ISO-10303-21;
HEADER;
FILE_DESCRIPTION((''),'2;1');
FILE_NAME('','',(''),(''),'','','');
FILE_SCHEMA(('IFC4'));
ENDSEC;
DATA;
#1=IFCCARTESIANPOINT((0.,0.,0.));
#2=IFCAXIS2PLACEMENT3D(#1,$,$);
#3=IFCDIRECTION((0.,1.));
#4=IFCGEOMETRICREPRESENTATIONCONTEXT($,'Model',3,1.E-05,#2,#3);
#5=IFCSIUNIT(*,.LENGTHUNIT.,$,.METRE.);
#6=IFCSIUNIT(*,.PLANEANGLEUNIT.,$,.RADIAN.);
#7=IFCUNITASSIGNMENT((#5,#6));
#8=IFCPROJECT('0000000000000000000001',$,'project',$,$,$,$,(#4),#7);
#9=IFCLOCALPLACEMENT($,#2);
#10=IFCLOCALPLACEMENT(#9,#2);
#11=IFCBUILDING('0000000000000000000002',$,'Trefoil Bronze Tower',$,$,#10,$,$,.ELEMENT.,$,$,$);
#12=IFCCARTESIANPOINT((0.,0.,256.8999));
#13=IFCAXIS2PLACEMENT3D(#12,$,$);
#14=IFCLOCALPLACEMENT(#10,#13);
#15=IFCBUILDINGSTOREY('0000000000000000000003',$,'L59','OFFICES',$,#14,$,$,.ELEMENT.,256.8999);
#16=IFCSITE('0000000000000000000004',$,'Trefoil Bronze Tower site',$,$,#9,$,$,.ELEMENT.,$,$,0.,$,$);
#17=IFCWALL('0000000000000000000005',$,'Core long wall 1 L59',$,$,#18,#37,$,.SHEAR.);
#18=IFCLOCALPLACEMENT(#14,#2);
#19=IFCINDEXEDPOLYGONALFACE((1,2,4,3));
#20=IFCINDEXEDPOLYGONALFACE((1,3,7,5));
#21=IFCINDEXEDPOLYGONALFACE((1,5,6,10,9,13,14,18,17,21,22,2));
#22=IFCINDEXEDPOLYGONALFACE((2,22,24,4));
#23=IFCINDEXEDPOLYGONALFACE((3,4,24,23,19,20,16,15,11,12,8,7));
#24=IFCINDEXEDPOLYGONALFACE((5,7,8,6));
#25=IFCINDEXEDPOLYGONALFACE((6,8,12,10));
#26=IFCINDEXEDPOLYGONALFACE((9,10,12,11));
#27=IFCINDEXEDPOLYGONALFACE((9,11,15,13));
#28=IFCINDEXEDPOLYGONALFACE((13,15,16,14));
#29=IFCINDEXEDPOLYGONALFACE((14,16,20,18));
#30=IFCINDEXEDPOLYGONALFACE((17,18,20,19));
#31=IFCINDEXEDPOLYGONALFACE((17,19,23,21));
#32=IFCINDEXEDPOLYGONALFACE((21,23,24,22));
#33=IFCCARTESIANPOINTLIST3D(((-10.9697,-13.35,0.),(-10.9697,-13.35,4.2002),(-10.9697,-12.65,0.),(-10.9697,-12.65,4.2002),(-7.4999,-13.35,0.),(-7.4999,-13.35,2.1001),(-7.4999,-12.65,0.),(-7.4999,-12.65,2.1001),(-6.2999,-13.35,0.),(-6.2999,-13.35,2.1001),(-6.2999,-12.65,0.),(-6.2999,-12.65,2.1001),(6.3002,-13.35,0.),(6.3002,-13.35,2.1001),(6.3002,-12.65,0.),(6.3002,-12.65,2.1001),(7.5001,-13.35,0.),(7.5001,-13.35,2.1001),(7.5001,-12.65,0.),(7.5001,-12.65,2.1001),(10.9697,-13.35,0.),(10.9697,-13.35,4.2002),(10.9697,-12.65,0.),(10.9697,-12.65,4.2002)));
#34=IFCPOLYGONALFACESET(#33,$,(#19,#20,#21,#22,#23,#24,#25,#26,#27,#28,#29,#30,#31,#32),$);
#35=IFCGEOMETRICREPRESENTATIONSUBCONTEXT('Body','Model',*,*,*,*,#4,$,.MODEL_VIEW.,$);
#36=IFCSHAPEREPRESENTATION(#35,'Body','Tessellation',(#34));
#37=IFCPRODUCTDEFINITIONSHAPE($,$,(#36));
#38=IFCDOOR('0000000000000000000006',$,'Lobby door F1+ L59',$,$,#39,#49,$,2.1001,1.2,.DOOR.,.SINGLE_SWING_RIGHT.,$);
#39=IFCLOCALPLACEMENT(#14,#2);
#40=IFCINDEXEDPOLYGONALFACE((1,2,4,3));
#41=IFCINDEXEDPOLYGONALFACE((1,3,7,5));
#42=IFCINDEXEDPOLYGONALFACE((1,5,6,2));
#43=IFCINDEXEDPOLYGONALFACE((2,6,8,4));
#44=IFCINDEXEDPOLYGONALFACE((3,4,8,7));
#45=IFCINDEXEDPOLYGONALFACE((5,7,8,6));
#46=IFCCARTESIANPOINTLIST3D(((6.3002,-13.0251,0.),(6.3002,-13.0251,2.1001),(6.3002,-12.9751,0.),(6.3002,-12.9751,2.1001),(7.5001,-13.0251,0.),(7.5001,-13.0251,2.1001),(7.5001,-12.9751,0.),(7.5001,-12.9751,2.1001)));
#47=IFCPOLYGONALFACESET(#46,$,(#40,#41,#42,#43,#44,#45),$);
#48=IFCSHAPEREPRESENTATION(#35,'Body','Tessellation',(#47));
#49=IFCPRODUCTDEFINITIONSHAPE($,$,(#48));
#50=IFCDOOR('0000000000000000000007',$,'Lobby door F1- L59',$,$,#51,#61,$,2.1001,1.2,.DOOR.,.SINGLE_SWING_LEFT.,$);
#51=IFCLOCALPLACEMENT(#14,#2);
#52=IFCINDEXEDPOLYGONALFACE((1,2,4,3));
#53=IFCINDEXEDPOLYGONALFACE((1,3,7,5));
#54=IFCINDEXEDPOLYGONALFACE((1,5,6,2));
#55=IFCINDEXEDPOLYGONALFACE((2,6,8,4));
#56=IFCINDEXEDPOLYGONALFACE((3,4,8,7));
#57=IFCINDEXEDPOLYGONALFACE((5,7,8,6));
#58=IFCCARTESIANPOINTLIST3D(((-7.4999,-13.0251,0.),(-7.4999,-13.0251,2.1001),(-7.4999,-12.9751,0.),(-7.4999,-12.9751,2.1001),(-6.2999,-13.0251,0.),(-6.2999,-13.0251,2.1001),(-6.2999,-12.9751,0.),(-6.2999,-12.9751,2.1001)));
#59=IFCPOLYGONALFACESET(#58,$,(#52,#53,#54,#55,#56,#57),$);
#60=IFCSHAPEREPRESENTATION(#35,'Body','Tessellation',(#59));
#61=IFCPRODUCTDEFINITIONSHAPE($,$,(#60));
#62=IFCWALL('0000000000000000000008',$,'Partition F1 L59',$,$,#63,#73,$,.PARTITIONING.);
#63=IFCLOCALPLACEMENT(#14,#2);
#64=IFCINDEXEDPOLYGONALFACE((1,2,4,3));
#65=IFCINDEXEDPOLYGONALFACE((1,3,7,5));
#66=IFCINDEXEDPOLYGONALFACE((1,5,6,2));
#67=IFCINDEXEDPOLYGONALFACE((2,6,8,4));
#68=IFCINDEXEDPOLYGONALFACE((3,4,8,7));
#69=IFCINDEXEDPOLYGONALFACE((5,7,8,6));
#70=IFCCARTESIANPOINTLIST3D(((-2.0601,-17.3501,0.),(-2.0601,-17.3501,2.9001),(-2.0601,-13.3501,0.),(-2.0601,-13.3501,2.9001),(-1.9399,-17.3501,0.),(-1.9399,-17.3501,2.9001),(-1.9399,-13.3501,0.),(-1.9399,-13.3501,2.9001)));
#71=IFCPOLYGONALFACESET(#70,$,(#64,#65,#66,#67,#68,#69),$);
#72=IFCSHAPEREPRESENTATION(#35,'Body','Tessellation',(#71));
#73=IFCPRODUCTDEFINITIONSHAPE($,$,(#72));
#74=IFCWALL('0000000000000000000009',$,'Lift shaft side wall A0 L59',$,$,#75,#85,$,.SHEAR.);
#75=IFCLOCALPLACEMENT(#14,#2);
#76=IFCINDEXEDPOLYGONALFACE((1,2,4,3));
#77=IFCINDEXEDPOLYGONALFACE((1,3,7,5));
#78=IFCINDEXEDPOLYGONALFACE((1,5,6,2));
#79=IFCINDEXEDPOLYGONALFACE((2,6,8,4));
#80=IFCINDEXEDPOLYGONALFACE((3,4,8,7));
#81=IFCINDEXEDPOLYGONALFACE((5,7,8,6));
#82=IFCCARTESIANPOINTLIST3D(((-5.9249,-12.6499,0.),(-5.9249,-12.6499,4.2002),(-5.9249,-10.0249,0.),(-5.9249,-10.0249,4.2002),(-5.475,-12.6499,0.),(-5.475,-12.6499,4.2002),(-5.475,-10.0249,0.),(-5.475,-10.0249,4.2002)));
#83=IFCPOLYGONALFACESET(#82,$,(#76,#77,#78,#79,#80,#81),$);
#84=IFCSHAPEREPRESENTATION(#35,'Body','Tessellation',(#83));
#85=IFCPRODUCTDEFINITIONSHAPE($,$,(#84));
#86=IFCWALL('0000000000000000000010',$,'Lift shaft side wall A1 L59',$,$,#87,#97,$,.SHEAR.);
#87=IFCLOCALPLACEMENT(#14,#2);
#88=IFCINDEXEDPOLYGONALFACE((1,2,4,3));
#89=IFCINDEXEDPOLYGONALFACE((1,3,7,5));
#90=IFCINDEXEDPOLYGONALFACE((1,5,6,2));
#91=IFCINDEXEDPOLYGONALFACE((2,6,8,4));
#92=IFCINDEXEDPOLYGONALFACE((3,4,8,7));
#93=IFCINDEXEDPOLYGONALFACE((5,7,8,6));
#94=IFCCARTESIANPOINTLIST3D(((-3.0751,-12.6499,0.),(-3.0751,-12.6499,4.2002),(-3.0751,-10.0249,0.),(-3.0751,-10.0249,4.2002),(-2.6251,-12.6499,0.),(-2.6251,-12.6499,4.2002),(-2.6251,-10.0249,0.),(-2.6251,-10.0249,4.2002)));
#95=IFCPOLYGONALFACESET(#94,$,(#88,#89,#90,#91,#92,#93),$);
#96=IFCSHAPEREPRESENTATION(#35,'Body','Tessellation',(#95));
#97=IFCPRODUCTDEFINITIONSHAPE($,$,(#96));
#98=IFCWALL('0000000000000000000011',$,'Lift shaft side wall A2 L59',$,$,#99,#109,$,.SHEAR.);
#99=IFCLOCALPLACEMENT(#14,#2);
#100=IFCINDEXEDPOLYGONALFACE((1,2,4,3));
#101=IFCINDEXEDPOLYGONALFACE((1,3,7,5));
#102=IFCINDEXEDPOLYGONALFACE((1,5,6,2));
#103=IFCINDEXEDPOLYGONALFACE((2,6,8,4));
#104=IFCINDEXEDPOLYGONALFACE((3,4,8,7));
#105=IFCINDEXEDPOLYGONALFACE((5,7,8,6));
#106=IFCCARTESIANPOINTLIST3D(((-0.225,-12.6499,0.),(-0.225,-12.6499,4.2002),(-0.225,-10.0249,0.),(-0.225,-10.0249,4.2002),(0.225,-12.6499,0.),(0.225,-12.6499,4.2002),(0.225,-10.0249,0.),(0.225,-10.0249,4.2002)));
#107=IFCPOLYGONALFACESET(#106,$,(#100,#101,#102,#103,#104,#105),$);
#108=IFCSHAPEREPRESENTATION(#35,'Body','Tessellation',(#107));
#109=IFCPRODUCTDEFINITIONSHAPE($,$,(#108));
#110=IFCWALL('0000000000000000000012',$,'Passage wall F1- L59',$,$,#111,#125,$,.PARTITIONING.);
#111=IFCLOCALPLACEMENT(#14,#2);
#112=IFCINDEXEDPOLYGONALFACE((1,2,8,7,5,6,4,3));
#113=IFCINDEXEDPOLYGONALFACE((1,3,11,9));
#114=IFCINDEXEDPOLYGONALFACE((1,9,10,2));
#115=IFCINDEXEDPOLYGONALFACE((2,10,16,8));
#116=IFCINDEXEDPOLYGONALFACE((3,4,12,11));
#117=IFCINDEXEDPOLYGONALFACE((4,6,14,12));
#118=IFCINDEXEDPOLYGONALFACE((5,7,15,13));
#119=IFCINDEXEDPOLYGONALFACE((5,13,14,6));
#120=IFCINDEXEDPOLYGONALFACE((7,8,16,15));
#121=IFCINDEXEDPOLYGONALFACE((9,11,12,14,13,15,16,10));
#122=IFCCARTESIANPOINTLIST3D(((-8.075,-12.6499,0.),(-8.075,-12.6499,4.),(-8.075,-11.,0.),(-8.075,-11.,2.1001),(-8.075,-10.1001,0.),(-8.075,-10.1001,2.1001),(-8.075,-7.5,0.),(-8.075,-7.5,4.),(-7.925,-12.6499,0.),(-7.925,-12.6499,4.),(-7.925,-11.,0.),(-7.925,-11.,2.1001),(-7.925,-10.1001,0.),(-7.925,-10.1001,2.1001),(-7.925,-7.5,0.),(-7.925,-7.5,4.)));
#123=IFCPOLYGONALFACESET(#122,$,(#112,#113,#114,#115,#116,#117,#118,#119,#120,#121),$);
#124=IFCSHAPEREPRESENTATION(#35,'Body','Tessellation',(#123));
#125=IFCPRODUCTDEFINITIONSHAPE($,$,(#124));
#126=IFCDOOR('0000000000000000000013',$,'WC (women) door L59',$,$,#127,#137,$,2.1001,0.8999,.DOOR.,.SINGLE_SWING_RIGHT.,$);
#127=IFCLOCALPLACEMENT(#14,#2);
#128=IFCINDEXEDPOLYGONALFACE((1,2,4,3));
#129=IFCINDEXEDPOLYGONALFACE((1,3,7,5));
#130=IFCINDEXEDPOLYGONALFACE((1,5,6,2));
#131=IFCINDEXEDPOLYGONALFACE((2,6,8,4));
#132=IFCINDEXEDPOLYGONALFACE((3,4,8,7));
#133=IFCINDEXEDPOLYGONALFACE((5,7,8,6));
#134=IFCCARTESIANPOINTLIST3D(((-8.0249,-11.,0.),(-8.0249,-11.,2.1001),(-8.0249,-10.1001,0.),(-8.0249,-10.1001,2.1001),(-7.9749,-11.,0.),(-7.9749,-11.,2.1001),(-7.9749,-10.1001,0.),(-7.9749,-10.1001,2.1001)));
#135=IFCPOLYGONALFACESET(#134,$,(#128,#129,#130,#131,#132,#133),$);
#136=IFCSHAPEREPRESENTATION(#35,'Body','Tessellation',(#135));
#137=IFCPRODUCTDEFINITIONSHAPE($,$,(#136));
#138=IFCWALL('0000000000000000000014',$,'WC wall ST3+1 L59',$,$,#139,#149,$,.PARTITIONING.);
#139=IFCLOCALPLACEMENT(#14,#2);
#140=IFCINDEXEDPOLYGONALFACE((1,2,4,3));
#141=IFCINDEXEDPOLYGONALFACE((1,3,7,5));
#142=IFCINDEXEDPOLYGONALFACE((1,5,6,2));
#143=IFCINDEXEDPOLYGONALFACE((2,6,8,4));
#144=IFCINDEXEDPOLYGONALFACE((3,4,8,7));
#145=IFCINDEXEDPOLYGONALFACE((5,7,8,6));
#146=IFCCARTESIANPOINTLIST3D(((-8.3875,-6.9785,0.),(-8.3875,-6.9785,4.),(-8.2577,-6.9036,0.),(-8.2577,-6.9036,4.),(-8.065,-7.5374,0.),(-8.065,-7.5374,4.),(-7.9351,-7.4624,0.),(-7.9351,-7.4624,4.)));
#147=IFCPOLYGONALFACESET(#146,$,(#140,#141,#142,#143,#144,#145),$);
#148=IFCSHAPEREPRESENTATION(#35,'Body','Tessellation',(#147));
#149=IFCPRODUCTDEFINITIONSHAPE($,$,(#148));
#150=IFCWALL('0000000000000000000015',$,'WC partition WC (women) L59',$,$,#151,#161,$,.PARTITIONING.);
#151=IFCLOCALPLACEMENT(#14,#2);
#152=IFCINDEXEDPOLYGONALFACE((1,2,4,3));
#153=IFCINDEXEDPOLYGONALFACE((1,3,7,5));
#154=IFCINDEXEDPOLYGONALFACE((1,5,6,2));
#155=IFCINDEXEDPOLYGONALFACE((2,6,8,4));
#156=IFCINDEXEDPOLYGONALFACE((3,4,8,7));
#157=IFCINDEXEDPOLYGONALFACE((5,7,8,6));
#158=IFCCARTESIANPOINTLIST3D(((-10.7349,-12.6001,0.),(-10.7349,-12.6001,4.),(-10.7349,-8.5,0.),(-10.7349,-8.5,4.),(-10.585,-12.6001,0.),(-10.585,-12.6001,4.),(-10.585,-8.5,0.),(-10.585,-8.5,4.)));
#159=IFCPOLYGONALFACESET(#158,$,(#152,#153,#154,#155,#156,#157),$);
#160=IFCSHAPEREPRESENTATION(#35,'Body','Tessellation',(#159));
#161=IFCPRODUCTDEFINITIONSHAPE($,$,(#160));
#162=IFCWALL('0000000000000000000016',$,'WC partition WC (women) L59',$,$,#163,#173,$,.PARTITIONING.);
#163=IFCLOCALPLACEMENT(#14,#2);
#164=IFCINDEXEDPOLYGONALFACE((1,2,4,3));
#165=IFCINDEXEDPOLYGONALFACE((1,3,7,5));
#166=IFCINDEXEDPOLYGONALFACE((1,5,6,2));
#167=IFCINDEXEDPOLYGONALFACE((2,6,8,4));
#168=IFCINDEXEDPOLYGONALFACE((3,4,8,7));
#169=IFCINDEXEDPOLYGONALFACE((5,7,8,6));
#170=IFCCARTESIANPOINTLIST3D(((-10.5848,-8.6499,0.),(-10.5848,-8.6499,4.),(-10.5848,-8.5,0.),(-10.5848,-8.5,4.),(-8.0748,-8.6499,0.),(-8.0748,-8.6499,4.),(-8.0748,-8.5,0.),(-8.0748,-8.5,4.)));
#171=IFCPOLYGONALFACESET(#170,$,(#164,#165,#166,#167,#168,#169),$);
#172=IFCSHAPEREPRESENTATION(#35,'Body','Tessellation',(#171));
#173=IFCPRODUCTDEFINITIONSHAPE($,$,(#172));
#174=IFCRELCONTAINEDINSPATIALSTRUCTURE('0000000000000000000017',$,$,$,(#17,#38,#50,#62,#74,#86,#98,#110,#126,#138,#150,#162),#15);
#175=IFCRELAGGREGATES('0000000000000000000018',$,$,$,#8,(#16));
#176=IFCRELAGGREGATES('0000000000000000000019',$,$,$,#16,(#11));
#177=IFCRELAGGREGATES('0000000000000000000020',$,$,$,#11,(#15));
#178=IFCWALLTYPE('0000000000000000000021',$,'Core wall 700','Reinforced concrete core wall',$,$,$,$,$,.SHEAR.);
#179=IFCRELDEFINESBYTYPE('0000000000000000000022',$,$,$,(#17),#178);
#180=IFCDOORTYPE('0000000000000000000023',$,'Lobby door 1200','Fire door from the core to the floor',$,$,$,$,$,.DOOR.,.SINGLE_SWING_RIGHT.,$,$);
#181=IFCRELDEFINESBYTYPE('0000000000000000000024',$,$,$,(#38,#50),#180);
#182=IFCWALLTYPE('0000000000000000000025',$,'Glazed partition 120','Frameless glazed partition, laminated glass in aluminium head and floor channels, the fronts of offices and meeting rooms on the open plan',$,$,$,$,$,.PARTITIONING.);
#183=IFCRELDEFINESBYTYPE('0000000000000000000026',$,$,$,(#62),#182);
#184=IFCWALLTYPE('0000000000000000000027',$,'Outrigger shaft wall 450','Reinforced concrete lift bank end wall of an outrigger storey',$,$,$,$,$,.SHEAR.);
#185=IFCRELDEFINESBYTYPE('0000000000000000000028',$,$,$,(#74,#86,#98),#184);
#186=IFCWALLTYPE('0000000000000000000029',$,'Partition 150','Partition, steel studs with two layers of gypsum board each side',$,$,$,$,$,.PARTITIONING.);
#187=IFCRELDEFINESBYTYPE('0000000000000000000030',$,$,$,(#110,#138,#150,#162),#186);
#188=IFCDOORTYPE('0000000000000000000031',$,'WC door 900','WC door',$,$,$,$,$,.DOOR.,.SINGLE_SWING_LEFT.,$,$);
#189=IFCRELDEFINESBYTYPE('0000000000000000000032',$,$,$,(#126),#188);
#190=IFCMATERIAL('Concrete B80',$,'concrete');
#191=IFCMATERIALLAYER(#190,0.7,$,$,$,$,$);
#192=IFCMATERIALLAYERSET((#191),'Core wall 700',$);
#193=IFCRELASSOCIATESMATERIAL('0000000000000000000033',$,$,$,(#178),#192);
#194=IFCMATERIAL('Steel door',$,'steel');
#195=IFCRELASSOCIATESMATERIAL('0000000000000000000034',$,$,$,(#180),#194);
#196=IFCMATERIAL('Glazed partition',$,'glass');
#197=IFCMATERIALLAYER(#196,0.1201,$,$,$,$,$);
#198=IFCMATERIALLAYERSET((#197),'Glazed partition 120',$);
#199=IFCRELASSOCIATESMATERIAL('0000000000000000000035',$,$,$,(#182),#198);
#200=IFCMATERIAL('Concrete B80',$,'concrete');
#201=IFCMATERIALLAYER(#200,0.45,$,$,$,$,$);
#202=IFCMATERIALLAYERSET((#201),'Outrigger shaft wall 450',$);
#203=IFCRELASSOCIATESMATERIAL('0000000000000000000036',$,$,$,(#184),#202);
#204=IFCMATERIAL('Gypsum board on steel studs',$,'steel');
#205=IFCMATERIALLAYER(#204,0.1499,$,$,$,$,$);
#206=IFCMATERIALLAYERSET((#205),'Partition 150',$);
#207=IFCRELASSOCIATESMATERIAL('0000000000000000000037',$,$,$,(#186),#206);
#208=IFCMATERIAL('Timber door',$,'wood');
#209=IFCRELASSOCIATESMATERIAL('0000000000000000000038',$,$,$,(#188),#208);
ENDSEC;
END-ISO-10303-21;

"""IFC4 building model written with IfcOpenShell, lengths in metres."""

from ifc_helpers import new_model, si_unit, direction, frame, frame_2d, origin, place, context, subcontext, project, spatial, rectangle, extrude, material, layer, layer_set, type_object, element, fill, save


model = new_model("IFC4")

# Units and contexts
model_context = context("Model", 3, precision=1e-05, world=origin(), true_north=direction((0.0, 1.0)))
body_context = subcontext(model_context, "Body", "Model", "MODEL_VIEW")
ifc_project = project(units=[si_unit("LENGTHUNIT", "METRE"), si_unit("PLANEANGLEUNIT", "RADIAN")], contexts=[model_context])

# Site, building, storey
site_placement = place(None, origin())
site = spatial("IfcSite", under=ifc_project, at=site_placement, Name="Trefoil Bronze Tower site", CompositionType="ELEMENT", RefElevation=0.0)
building_placement = place(site_placement, origin())
building = spatial("IfcBuilding", under=site, at=building_placement, Name="Trefoil Bronze Tower", CompositionType="ELEMENT")
storey_placement = place(building_placement, frame((0.0, 0.0, 256.8999)))
storey = spatial("IfcBuildingStorey", under=building, at=storey_placement, Name="L59", Description="OFFICES", CompositionType="ELEMENT", Elevation=256.8999)

# Wall, openings, doors
ifc_material_1 = material(Name="Concrete B80", Category="concrete")
ifc_layer_1 = layer(ifc_material_1, 0.7)
ifc_layer_set_1 = layer_set([ifc_layer_1], Name="Core wall 700")
wall_type_1 = type_object("IfcWallType", Name="Core wall 700", Description="Reinforced concrete core wall", PredefinedType="SHEAR", material=ifc_layer_set_1)
wall_1_placement = place(storey_placement, frame((-10.9697, -13.0, 0.0), z_axis=(0.0, 0.0, 1.0), x_axis=(1.0, 0.0, 0.0)))
wall_1 = element("IfcWall", 1, at=wall_1_placement, inside=storey, type_object=wall_type_1, Name="Core long wall 1 L59", PredefinedType="SHEAR", context=body_context, shape_type="SweptSolid", body=[
    extrude(rectangle(XDim=21.9395, YDim=0.7, at=frame_2d((10.9697, 0.0))), origin(), (0.0, 0.0, 1.0), 4.2002),
])
opening_1_placement = place(wall_1_placement, frame((17.2698, 0.0, 0.0)))
opening_1 = element("IfcOpeningElement", 2, at=opening_1_placement, cuts=wall_1, PredefinedType="OPENING", context=body_context, shape_type="SweptSolid", body=[
    extrude(rectangle(XDim=1.2, YDim=2.1001, at=frame_2d((0.6001, 1.05))), frame((0.0, 0.3599, 0.0), z_axis=(0.0, -1.0, 0.0), x_axis=(1.0, 0.0, 0.0)), (0.0, 0.0, 1.0), 0.72),
])
opening_2_placement = place(wall_1_placement, frame((3.4697, 0.0, 0.0)))
opening_2 = element("IfcOpeningElement", 3, at=opening_2_placement, cuts=wall_1, PredefinedType="OPENING", context=body_context, shape_type="SweptSolid", body=[
    extrude(rectangle(XDim=1.2, YDim=2.1001, at=frame_2d((0.6001, 1.05))), frame((0.0, 0.3599, 0.0), z_axis=(0.0, -1.0, 0.0), x_axis=(1.0, 0.0, 0.0)), (0.0, 0.0, 1.0), 0.72),
])
ifc_material_2 = material(Name="Steel door", Category="steel")
door_type_1 = type_object("IfcDoorType", Name="Lobby door 1200", Description="Fire door from the core to the floor", OperationType="SINGLE_SWING_RIGHT", PredefinedType="DOOR", material=ifc_material_2)
door_1_placement = place(opening_1_placement, origin())
door_1 = element("IfcDoor", 4, at=door_1_placement, inside=storey, type_object=door_type_1, Name="Lobby door F1+ L59", OperationType="SINGLE_SWING_RIGHT", OverallHeight=2.1001, OverallWidth=1.2, PredefinedType="DOOR", context=body_context, shape_type="SweptSolid", body=[
    extrude(rectangle(XDim=1.2, YDim=2.1001, at=frame_2d((0.6001, 1.05))), frame((0.0, 0.0249, 0.0), z_axis=(0.0, -1.0, 0.0), x_axis=(1.0, 0.0, 0.0)), (0.0, 0.0, 1.0), 0.05),
])
fill(opening_1, door_1)
door_2_placement = place(opening_2_placement, origin())
door_2 = element("IfcDoor", 5, at=door_2_placement, inside=storey, type_object=door_type_1, Name="Lobby door F1- L59", OperationType="SINGLE_SWING_LEFT", OverallHeight=2.1001, OverallWidth=1.2, PredefinedType="DOOR", context=body_context, shape_type="SweptSolid", body=[
    extrude(rectangle(XDim=1.2, YDim=2.1001, at=frame_2d((0.6001, 1.05))), frame((0.0, 0.0249, 0.0), z_axis=(0.0, -1.0, 0.0), x_axis=(1.0, 0.0, 0.0)), (0.0, 0.0, 1.0), 0.05),
])
fill(opening_2, door_2)

# Walls
ifc_material_3 = material(Name="Glazed partition", Category="glass")
ifc_layer_2 = layer(ifc_material_3, 0.1201)
ifc_layer_set_2 = layer_set([ifc_layer_2], Name="Glazed partition 120")
wall_type_2 = type_object("IfcWallType", Name="Glazed partition 120", Description="Frameless glazed partition, laminated glass in aluminium head and floor channels, the fronts of offices and meeting rooms on the open plan", PredefinedType="PARTITIONING", material=ifc_layer_set_2)
wall_2_placement = place(storey_placement, frame((-2.0, -13.3501, 0.0), z_axis=(0.0, 0.0, 1.0), x_axis=(0.0, -1.0, 0.0)))
element("IfcWall", 6, at=wall_2_placement, inside=storey, type_object=wall_type_2, Name="Partition F1 L59", PredefinedType="PARTITIONING", context=body_context, shape_type="SweptSolid", body=[
    extrude(rectangle(XDim=4.0, YDim=0.1201, at=frame_2d((2.0, 0.0))), origin(), (0.0, 0.0, 1.0), 2.9001),
])
ifc_material_4 = material(Name="Concrete B80", Category="concrete")
ifc_layer_3 = layer(ifc_material_4, 0.45)
ifc_layer_set_3 = layer_set([ifc_layer_3], Name="Outrigger shaft wall 450")
wall_type_3 = type_object("IfcWallType", Name="Outrigger shaft wall 450", Description="Reinforced concrete lift bank end wall of an outrigger storey", PredefinedType="SHEAR", material=ifc_layer_set_3)
for number, where, z_axis, x_axis, name in (
    (7, (-5.7, -10.0249, 0.0), (0.0, 0.0, 1.0), (0.0, -1.0, 0.0), "Lift shaft side wall A0 L59"),
    (8, (-2.8501, -10.0249, 0.0), (0.0, 0.0, 1.0), (0.0, -1.0, 0.0), "Lift shaft side wall A1 L59"),
    (9, (0.0, -10.0249, 0.0), (0.0, 0.0, 1.0), (0.0, -1.0, 0.0), "Lift shaft side wall A2 L59"),
):
    element("IfcWall", number, at=place(storey_placement, frame(where, z_axis=z_axis, x_axis=x_axis)), inside=storey, type_object=wall_type_3, Name=name, PredefinedType="SHEAR", context=body_context, shape_type="SweptSolid", body=[
        extrude(rectangle(XDim=2.625, YDim=0.45, at=frame_2d((1.3125, 0.0))), origin(), (0.0, 0.0, 1.0), 4.2002),
    ])

# Wall, opening, door
ifc_material_5 = material(Name="Gypsum board on steel studs", Category="steel")
ifc_layer_4 = layer(ifc_material_5, 0.1499)
ifc_layer_set_4 = layer_set([ifc_layer_4], Name="Partition 150")
wall_type_4 = type_object("IfcWallType", Name="Partition 150", Description="Partition, steel studs with two layers of gypsum board each side", PredefinedType="PARTITIONING", material=ifc_layer_set_4)
wall_3_placement = place(storey_placement, frame((-8.0, -7.5, 0.0), z_axis=(0.0, 0.0, 1.0), x_axis=(0.0, -1.0, 0.0)))
wall_3 = element("IfcWall", 10, at=wall_3_placement, inside=storey, type_object=wall_type_4, Name="Passage wall F1- L59", PredefinedType="PARTITIONING", context=body_context, shape_type="SweptSolid", body=[
    extrude(rectangle(XDim=5.1499, YDim=0.1499, at=frame_2d((2.575, 0.0))), origin(), (0.0, 0.0, 1.0), 4.0),
])
opening_3_placement = place(wall_3_placement, frame((2.6001, 0.0, 0.0)))
opening_3 = element("IfcOpeningElement", 11, at=opening_3_placement, cuts=wall_3, PredefinedType="OPENING", context=body_context, shape_type="SweptSolid", body=[
    extrude(rectangle(XDim=0.8999, YDim=2.1001, at=frame_2d((0.45, 1.05))), frame((0.0, 0.085, 0.0), z_axis=(0.0, -1.0, 0.0), x_axis=(1.0, 0.0, 0.0)), (0.0, 0.0, 1.0), 0.1699),
])
ifc_material_6 = material(Name="Timber door", Category="wood")
door_type_2 = type_object("IfcDoorType", Name="WC door 900", Description="WC door", OperationType="SINGLE_SWING_LEFT", PredefinedType="DOOR", material=ifc_material_6)
door_3_placement = place(opening_3_placement, frame((0.8999, 0.0, 0.0), z_axis=(0.0, 0.0, 1.0), x_axis=(-1.0, 0.0, 0.0)))
door_3 = element("IfcDoor", 12, at=door_3_placement, inside=storey, type_object=door_type_2, Name="WC (women) door L59", OperationType="SINGLE_SWING_RIGHT", OverallHeight=2.1001, OverallWidth=0.8999, PredefinedType="DOOR", context=body_context, shape_type="SweptSolid", body=[
    extrude(rectangle(XDim=0.8999, YDim=2.1001, at=frame_2d((0.45, 1.05))), frame((0.0, 0.0249, 0.0), z_axis=(0.0, -1.0, 0.0), x_axis=(1.0, 0.0, 0.0)), (0.0, 0.0, 1.0), 0.05),
])
fill(opening_3, door_3)

# Walls
wall_4_placement = place(storey_placement, frame((-8.0, -7.5, 0.0), z_axis=(0.0, 0.0, 1.0), x_axis=(-0.499843, 0.866116, 0.0)))
element("IfcWall", 13, at=wall_4_placement, inside=storey, type_object=wall_type_4, Name="WC wall ST3+1 L59", PredefinedType="PARTITIONING", context=body_context, shape_type="SweptSolid", body=[
    extrude(rectangle(XDim=0.6453, YDim=0.1499, at=frame_2d((0.3228, 0.0))), origin(), (0.0, 0.0, 1.0), 4.0),
])
wall_5_placement = place(storey_placement, frame((-10.6599, -8.5, 0.0), z_axis=(0.0, 0.0, 1.0), x_axis=(0.0, -1.0, 0.0)))
element("IfcWall", 14, at=wall_5_placement, inside=storey, type_object=wall_type_4, Name="WC partition WC (women) L59", PredefinedType="PARTITIONING", context=body_context, shape_type="SweptSolid", body=[
    extrude(rectangle(XDim=4.1001, YDim=0.1499, at=frame_2d((2.05, 0.0))), origin(), (0.0, 0.0, 1.0), 4.0),
])
wall_6_placement = place(storey_placement, frame((-8.075, -8.575, 0.0), z_axis=(0.0, 0.0, 1.0), x_axis=(-1.0, 0.0, 0.0)))
element("IfcWall", 15, at=wall_6_placement, inside=storey, type_object=wall_type_4, Name="WC partition WC (women) L59", PredefinedType="PARTITIONING", context=body_context, shape_type="SweptSolid", body=[
    extrude(rectangle(XDim=2.51, YDim=0.1499, at=frame_2d((1.2549, 0.0))), origin(), (0.0, 0.0, 1.0), 4.0),
])

save(model, "model.ifc")
